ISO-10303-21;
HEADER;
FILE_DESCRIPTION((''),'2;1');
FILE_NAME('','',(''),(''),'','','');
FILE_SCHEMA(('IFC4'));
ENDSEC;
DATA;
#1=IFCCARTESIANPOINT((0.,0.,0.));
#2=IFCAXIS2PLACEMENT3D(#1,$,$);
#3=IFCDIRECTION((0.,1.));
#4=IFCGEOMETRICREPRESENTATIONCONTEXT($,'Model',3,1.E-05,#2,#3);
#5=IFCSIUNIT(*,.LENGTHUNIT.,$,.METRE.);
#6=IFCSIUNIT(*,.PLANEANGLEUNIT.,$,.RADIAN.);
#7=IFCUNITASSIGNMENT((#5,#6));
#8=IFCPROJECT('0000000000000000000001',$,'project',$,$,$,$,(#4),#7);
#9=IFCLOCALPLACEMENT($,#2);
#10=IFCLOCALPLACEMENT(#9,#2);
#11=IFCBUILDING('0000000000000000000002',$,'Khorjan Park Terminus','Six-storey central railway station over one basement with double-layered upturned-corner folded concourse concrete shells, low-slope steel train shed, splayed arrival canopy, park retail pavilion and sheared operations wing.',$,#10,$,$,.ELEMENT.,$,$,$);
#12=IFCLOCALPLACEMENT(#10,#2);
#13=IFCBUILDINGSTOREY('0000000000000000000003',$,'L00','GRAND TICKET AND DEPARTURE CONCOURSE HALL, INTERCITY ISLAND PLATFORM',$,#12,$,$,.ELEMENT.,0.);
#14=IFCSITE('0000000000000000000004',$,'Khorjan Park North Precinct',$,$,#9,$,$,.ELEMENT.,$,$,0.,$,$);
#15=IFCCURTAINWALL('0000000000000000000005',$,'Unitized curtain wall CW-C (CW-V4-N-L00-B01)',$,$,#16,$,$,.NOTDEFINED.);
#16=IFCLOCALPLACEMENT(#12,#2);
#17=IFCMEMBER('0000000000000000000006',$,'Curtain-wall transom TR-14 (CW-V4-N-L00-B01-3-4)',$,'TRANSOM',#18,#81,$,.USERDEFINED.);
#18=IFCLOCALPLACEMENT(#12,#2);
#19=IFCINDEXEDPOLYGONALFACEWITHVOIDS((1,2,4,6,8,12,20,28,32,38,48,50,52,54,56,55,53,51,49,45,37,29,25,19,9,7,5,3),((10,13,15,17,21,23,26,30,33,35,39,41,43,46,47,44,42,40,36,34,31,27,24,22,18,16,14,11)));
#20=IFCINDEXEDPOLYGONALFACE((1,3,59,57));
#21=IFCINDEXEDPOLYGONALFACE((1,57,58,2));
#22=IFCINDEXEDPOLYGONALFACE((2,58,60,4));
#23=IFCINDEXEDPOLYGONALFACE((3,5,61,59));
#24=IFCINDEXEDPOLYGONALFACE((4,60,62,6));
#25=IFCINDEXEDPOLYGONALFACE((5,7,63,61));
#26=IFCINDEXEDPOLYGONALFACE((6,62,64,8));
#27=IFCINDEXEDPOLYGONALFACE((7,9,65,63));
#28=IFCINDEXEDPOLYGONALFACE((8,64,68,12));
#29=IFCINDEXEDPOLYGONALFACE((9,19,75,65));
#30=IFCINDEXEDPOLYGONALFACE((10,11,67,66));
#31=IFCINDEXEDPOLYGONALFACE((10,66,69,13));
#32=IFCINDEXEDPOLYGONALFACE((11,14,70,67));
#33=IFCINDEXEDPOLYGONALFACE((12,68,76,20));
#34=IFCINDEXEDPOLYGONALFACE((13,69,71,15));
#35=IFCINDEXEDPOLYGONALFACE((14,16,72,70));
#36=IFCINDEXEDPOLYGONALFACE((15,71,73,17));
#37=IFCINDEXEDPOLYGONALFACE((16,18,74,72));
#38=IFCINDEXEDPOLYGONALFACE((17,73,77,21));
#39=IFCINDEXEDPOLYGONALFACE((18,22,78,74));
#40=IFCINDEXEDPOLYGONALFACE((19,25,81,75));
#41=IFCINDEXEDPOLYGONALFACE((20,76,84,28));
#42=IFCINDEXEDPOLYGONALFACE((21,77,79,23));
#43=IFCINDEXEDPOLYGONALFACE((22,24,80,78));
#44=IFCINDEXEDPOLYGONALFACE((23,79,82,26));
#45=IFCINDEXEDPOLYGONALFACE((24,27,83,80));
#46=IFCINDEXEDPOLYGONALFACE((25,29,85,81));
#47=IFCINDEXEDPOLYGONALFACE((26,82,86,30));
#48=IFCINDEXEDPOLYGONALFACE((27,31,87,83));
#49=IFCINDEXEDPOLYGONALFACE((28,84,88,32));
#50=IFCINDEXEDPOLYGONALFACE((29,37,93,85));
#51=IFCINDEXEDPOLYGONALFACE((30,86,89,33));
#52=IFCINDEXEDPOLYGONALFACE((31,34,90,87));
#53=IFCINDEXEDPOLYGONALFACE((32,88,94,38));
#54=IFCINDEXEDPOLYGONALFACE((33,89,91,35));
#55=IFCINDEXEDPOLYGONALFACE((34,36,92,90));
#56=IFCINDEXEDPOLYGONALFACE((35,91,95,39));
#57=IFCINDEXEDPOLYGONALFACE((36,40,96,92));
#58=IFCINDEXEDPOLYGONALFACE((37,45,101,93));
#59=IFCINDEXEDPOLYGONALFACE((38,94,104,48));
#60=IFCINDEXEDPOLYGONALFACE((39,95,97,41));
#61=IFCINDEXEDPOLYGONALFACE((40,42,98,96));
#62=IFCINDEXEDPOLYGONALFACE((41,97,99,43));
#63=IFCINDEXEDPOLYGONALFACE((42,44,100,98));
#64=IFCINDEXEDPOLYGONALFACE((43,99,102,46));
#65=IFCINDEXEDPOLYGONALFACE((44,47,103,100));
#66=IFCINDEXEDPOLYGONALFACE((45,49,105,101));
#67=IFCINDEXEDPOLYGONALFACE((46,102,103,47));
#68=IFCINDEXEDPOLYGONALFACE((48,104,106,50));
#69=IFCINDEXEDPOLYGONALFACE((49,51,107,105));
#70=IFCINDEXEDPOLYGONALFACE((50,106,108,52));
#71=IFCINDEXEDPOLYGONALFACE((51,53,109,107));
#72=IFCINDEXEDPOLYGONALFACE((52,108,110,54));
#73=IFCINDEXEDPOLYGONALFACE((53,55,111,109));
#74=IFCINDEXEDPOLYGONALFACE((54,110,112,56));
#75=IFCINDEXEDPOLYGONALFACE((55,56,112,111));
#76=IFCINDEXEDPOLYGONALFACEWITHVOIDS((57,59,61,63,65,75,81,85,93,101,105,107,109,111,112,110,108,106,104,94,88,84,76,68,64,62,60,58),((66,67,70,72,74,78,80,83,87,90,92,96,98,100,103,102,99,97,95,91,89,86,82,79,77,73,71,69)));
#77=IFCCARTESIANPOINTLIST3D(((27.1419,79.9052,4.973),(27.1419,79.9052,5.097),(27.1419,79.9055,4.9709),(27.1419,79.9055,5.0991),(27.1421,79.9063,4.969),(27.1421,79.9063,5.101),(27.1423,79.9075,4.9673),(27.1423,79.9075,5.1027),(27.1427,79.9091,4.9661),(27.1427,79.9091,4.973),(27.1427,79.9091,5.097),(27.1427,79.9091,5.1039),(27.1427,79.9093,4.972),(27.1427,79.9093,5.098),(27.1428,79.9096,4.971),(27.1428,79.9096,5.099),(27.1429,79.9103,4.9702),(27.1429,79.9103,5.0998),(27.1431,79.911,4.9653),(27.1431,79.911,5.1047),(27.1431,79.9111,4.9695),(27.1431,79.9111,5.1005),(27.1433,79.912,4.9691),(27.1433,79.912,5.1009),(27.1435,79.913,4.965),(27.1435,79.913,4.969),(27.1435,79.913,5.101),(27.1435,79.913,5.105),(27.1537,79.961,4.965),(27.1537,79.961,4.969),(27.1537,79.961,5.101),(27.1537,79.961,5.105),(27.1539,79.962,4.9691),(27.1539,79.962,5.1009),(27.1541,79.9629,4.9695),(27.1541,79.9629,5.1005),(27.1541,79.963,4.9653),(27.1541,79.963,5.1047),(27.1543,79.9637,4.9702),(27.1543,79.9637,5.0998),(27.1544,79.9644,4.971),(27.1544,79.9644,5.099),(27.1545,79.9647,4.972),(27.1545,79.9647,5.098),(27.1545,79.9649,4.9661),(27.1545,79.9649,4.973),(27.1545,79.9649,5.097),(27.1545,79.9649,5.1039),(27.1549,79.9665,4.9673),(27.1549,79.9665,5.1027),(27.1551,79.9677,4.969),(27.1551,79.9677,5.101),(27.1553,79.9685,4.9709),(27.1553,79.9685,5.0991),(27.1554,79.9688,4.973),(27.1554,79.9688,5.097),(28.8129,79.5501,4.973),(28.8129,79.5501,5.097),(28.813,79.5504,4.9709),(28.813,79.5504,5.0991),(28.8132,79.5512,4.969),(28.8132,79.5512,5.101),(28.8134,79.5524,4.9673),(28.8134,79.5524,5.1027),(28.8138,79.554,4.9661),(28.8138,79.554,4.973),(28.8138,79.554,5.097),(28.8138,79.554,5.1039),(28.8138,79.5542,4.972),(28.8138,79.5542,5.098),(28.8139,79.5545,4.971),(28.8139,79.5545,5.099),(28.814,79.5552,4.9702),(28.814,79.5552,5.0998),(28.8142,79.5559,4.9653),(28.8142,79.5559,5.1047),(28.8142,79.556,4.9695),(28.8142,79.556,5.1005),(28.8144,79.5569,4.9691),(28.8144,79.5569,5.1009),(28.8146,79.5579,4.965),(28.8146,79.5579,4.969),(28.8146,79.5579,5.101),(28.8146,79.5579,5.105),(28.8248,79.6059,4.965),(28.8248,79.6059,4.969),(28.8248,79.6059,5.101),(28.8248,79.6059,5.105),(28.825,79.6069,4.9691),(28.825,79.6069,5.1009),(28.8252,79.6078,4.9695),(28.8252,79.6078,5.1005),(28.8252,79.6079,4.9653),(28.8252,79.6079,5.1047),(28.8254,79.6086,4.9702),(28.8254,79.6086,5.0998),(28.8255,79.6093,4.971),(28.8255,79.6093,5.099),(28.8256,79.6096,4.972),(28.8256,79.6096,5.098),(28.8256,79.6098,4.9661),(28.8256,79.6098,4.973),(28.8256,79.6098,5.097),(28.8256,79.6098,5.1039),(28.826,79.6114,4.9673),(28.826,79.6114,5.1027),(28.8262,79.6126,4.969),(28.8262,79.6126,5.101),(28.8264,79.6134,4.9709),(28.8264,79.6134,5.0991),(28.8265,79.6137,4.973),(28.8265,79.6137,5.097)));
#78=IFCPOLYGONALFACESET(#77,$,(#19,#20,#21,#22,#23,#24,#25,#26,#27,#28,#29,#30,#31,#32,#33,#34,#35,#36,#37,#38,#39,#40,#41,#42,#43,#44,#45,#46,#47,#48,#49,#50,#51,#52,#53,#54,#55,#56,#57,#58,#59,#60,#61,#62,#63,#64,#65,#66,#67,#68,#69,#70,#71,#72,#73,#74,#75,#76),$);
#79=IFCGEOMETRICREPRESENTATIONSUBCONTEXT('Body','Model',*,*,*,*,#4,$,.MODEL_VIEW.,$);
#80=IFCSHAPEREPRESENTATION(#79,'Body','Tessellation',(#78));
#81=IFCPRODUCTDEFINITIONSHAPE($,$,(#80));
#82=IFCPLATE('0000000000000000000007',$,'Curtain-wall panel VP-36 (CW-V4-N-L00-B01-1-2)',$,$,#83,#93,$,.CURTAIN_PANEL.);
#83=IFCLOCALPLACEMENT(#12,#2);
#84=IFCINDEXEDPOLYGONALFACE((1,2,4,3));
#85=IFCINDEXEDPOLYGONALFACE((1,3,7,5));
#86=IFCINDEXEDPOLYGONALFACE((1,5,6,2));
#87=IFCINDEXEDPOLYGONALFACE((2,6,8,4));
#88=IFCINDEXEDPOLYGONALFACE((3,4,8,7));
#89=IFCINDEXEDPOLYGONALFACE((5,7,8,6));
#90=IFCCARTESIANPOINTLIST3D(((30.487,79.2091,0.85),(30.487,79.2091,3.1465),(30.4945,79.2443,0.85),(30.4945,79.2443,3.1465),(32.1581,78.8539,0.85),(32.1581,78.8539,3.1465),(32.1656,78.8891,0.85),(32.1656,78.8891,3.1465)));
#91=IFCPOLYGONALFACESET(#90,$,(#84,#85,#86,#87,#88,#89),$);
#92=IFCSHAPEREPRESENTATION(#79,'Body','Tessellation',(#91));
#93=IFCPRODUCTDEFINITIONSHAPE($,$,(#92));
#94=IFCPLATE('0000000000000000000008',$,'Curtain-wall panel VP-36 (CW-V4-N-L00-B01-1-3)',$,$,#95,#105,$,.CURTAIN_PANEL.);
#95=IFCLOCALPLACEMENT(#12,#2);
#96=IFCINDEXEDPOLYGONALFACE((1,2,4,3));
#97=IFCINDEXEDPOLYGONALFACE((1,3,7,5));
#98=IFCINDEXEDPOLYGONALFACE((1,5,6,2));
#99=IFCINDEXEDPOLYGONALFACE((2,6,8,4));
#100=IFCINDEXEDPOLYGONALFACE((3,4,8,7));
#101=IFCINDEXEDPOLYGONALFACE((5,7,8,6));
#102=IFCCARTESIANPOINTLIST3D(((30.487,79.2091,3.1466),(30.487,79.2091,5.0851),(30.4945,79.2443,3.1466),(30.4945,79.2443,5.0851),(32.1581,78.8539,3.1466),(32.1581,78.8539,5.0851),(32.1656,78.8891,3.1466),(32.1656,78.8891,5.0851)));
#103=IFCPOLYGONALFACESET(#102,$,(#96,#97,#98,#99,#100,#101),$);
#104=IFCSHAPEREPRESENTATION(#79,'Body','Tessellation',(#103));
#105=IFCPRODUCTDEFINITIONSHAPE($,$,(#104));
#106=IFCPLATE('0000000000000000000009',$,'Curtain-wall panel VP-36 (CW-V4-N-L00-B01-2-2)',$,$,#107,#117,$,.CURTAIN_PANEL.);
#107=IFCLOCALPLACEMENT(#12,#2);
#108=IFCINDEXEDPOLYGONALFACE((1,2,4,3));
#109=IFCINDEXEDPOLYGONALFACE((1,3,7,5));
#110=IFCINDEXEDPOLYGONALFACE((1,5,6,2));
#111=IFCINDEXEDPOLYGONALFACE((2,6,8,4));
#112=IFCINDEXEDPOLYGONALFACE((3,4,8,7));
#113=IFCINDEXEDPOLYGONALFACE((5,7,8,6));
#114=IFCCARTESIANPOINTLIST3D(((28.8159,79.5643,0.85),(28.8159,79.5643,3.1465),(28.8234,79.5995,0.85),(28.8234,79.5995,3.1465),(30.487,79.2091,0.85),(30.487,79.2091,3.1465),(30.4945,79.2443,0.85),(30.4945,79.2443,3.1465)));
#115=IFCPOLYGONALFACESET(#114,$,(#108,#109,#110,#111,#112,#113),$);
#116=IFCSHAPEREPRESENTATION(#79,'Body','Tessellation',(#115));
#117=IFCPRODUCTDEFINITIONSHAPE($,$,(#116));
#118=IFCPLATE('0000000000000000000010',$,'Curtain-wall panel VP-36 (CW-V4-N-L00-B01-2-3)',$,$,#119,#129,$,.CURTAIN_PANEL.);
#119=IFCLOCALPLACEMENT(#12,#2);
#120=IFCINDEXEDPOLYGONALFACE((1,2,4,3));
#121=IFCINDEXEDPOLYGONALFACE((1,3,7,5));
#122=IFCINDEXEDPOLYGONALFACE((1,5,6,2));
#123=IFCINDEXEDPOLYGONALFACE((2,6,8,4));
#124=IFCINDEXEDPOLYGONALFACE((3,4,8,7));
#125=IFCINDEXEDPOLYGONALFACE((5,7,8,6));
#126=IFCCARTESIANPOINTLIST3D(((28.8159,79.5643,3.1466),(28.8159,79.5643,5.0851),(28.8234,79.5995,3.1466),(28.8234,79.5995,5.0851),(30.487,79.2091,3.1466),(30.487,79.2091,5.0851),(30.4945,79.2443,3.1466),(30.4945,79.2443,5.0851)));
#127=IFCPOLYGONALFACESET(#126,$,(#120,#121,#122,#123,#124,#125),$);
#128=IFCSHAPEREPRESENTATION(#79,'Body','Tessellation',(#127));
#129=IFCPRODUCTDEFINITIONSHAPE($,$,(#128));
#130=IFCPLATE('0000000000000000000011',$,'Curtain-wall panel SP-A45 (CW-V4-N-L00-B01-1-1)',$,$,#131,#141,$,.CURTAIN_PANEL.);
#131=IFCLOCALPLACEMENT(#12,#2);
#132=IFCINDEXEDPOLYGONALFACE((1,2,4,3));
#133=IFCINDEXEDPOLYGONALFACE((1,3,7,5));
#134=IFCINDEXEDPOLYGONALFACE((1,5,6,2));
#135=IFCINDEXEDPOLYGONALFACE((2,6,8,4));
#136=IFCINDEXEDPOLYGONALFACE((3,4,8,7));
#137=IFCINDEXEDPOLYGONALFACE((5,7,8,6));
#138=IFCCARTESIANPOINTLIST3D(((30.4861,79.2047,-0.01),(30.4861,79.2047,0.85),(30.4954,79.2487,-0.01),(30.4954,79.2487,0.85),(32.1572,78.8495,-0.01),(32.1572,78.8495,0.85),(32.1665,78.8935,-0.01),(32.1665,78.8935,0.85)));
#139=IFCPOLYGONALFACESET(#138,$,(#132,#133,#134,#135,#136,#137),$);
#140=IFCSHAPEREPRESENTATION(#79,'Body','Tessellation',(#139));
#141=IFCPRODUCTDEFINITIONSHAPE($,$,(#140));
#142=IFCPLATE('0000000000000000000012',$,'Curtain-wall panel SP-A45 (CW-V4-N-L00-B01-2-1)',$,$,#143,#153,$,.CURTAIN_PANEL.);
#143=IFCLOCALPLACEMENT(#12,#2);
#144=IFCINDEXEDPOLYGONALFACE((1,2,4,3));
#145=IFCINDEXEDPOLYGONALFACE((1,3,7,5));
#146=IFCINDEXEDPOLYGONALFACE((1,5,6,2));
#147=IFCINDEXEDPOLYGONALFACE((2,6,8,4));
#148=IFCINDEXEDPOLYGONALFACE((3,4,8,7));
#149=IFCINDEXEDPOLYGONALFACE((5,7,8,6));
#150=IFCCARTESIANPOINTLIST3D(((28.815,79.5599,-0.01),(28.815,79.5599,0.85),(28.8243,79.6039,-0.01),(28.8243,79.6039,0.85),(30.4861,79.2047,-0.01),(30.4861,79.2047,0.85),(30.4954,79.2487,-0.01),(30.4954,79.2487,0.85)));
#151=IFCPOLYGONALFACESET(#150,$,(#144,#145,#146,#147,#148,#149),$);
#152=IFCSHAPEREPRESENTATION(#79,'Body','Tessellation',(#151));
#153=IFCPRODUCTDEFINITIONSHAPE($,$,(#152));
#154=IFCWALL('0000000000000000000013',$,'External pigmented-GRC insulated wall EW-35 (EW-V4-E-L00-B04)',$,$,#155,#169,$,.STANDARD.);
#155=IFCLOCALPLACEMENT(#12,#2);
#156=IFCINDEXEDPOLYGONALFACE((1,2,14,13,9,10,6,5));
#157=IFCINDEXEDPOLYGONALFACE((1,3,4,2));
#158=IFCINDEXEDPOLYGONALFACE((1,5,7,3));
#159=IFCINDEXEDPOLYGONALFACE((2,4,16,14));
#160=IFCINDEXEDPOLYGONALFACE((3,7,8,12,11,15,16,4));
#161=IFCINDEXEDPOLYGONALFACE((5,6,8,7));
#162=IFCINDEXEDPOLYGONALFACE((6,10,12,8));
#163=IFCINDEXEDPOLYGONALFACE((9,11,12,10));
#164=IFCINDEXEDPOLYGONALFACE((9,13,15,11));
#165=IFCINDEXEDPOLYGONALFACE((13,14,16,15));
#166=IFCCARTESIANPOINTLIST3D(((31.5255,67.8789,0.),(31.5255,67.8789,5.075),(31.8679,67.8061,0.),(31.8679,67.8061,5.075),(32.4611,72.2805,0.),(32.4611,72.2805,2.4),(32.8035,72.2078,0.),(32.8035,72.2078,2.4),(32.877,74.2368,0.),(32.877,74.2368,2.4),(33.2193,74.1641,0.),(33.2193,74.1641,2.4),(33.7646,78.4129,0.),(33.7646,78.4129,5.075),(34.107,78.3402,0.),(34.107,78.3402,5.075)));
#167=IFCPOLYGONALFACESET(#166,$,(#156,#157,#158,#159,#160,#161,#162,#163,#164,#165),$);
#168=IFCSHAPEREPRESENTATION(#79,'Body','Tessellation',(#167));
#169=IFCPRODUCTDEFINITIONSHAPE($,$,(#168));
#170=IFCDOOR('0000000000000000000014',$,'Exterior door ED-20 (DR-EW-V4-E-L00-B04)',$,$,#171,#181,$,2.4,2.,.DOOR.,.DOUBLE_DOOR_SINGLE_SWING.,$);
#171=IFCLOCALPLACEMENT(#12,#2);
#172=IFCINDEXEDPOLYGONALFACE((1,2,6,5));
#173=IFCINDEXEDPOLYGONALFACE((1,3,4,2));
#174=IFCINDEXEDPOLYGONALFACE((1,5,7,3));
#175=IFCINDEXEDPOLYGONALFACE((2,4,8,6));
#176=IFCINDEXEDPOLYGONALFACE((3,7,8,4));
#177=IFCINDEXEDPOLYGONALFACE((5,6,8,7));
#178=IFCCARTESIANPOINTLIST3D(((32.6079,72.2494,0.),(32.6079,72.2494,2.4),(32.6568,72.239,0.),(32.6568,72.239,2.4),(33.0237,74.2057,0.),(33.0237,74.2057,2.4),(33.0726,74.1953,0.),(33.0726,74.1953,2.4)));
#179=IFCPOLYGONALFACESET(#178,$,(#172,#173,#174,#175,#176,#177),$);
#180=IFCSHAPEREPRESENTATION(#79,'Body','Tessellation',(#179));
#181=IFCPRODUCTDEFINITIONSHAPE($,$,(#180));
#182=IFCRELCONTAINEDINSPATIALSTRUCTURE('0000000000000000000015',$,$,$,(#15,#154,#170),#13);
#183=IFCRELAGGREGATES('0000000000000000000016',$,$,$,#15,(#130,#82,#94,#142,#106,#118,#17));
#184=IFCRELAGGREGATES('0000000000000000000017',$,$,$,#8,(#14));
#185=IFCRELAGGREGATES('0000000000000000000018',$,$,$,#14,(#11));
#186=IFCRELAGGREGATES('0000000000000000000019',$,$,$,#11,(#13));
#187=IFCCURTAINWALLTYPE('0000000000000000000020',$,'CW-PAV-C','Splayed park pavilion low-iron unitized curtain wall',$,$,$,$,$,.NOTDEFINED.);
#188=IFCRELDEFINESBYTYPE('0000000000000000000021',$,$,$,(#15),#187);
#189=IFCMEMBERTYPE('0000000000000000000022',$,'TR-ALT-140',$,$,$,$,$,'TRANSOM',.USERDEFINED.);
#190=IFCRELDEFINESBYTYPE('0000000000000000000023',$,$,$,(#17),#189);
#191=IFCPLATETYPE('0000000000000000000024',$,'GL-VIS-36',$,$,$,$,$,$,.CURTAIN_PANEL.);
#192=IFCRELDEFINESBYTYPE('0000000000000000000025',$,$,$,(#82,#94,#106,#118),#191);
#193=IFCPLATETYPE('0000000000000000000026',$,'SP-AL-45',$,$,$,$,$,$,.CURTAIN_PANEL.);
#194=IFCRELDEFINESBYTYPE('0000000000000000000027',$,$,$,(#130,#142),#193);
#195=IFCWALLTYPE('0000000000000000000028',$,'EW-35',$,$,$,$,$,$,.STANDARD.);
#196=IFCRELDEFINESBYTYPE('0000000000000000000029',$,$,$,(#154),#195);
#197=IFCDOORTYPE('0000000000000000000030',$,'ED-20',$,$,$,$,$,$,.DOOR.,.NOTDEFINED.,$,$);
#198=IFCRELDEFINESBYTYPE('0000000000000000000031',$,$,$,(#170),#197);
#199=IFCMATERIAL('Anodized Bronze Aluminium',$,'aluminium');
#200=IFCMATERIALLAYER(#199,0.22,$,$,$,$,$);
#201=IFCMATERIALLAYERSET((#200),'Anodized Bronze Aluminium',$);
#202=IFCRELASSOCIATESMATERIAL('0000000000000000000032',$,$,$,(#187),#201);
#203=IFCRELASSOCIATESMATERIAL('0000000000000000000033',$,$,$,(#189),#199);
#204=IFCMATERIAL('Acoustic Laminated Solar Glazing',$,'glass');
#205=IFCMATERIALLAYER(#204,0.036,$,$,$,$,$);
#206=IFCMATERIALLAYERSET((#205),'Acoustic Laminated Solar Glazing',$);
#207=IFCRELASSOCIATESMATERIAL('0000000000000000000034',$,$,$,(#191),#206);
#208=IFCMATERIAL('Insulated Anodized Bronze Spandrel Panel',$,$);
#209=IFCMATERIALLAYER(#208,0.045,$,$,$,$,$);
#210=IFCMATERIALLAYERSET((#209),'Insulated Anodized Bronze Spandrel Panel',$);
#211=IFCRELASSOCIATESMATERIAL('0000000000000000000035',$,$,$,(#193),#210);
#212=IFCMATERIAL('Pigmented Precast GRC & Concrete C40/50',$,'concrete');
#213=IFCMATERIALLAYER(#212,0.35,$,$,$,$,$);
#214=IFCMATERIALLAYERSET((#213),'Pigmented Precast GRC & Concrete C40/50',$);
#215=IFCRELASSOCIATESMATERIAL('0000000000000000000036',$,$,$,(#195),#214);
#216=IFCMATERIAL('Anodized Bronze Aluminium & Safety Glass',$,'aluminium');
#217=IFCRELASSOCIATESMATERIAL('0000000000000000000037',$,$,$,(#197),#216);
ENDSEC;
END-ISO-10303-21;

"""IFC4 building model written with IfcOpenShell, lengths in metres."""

from ifc_helpers import new_model, si_unit, direction, frame, frame_2d, origin, origin_2d, place, context, subcontext, project, spatial, rectangle, hollow_rectangle, extrude, material, layer, layer_set, material_profile, profile_set, type_object, element, fill, aggregate, save


model = new_model("IFC4")

# Units and contexts
model_context = context("Model", 3, precision=1e-05, world=origin(), true_north=direction((0.0, 1.0)))
body_context = subcontext(model_context, "Body", "Model", "MODEL_VIEW")
ifc_project = project(units=[si_unit("LENGTHUNIT", "METRE"), si_unit("PLANEANGLEUNIT", "RADIAN")], contexts=[model_context])

# Site, building, storey
site_placement = place(None, origin())
site = spatial("IfcSite", under=ifc_project, at=site_placement, Name="Khorjan Park North Precinct", CompositionType="ELEMENT", RefElevation=0.0)
building_placement = place(site_placement, origin())
building = spatial("IfcBuilding", under=site, at=building_placement, Name="Khorjan Park Terminus", Description="Six-storey central railway station over one basement with double-layered upturned-corner folded concourse concrete shells, low-slope steel train shed, splayed arrival canopy, park retail pavilion and sheared operations wing.", CompositionType="ELEMENT")
storey_placement = place(building_placement, origin())
storey = spatial("IfcBuildingStorey", under=building, at=storey_placement, Name="L00", Description="GRAND TICKET AND DEPARTURE CONCOURSE HALL, INTERCITY ISLAND PLATFORM", CompositionType="ELEMENT", Elevation=0.0)

# Curtain wall, member, plates
ifc_material_1 = material(Name="Anodized Bronze Aluminium", Category="aluminium")
ifc_layer_1 = layer(ifc_material_1, 0.22)
ifc_layer_set_1 = layer_set([ifc_layer_1], Name="Anodized Bronze Aluminium")
curtain_wall_type = type_object("IfcCurtainWallType", Name="CW-PAV-C", Description="Splayed park pavilion low-iron unitized curtain wall", PredefinedType="NOTDEFINED", material=ifc_layer_set_1)
curtain_wall_placement = place(storey_placement, origin())
curtain_wall = element("IfcCurtainWall", 1, at=curtain_wall_placement, inside=storey, type_object=curtain_wall_type, Name="Unitized curtain wall CW-C (CW-V4-N-L00-B01)", PredefinedType="NOTDEFINED")
ifc_material_profile_1 = material_profile(ifc_material_1, hollow_rectangle(XDim=0.065, YDim=0.14, WallThickness=0.004, InnerFilletRadius=0.004, OuterFilletRadius=0.008, at=origin_2d()), Name="ALT 65x140x4")
ifc_profile_set_1 = profile_set([ifc_material_profile_1], Name="Anodized Bronze Aluminium")
member_type_1 = type_object("IfcMemberType", Name="TR-ALT-140", ElementType="TRANSOM", PredefinedType="USERDEFINED", material=ifc_profile_set_1)
member_1_placement = place(storey_placement, frame((28.8197, 79.5819, 5.035), z_axis=(-0.97816, 0.207854, 0.0), x_axis=(-0.207854, -0.97816, 0.0)))
member_1 = element("IfcMember", 2, at=member_1_placement, type_object=member_type_1, Name="Curtain-wall transom TR-14 (CW-V4-N-L00-B01-3-4)", ObjectType="TRANSOM", PredefinedType="USERDEFINED", context=body_context, shape_type="SweptSolid", body=[
    extrude(hollow_rectangle(XDim=0.065, YDim=0.14, WallThickness=0.004, InnerFilletRadius=0.004, OuterFilletRadius=0.008, at=origin_2d()), origin(), (0.0, 0.0, 1.0), 1.7084),
])
ifc_material_2 = material(Name="Acoustic Laminated Solar Glazing", Category="glass")
ifc_layer_2 = layer(ifc_material_2, 0.036)
ifc_layer_set_2 = layer_set([ifc_layer_2], Name="Acoustic Laminated Solar Glazing")
plate_type_1 = type_object("IfcPlateType", Name="GL-VIS-36", PredefinedType="CURTAIN_PANEL", material=ifc_layer_set_2)
plate_1_placement = place(storey_placement, frame((31.3263, 79.0491, 0.85), z_axis=(0.0, 0.0, 1.0), x_axis=(-0.97815, 0.207903, 0.0)))
plate_1 = element("IfcPlate", 3, at=plate_1_placement, type_object=plate_type_1, Name="Curtain-wall panel VP-36 (CW-V4-N-L00-B01-1-2)", PredefinedType="CURTAIN_PANEL", context=body_context, shape_type="SweptSolid", body=[
    extrude(rectangle(XDim=1.7084, YDim=0.036, at=origin_2d()), origin(), (0.0, 0.0, 1.0), 2.2965),
])
plate_2_placement = place(storey_placement, frame((31.3263, 79.0491, 3.1466), z_axis=(0.0, 0.0, 1.0), x_axis=(-0.97815, 0.207903, 0.0)))
plate_2 = element("IfcPlate", 4, at=plate_2_placement, type_object=plate_type_1, Name="Curtain-wall panel VP-36 (CW-V4-N-L00-B01-1-3)", PredefinedType="CURTAIN_PANEL", context=body_context, shape_type="SweptSolid", body=[
    extrude(rectangle(XDim=1.7084, YDim=0.036, at=origin_2d()), origin(), (0.0, 0.0, 1.0), 1.9385),
])
plate_3_placement = place(storey_placement, frame((29.6552, 79.4043, 0.85), z_axis=(0.0, 0.0, 1.0), x_axis=(-0.97815, 0.207903, 0.0)))
plate_3 = element("IfcPlate", 5, at=plate_3_placement, type_object=plate_type_1, Name="Curtain-wall panel VP-36 (CW-V4-N-L00-B01-2-2)", PredefinedType="CURTAIN_PANEL", context=body_context, shape_type="SweptSolid", body=[
    extrude(rectangle(XDim=1.7084, YDim=0.036, at=origin_2d()), origin(), (0.0, 0.0, 1.0), 2.2965),
])
plate_4_placement = place(storey_placement, frame((29.6552, 79.4043, 3.1466), z_axis=(0.0, 0.0, 1.0), x_axis=(-0.97815, 0.207903, 0.0)))
plate_4 = element("IfcPlate", 6, at=plate_4_placement, type_object=plate_type_1, Name="Curtain-wall panel VP-36 (CW-V4-N-L00-B01-2-3)", PredefinedType="CURTAIN_PANEL", context=body_context, shape_type="SweptSolid", body=[
    extrude(rectangle(XDim=1.7084, YDim=0.036, at=origin_2d()), origin(), (0.0, 0.0, 1.0), 1.9385),
])
ifc_material_3 = material(Name="Insulated Anodized Bronze Spandrel Panel")
ifc_layer_3 = layer(ifc_material_3, 0.045)
ifc_layer_set_3 = layer_set([ifc_layer_3], Name="Insulated Anodized Bronze Spandrel Panel")
plate_type_2 = type_object("IfcPlateType", Name="SP-AL-45", PredefinedType="CURTAIN_PANEL", material=ifc_layer_set_3)
plate_5_placement = place(storey_placement, frame((31.3263, 79.0491, -0.01), z_axis=(0.0, 0.0, 1.0), x_axis=(-0.97815, 0.207903, 0.0)))
plate_5 = element("IfcPlate", 7, at=plate_5_placement, type_object=plate_type_2, Name="Curtain-wall panel SP-A45 (CW-V4-N-L00-B01-1-1)", PredefinedType="CURTAIN_PANEL", context=body_context, shape_type="SweptSolid", body=[
    extrude(rectangle(XDim=1.7084, YDim=0.045, at=origin_2d()), origin(), (0.0, 0.0, 1.0), 0.86),
])
plate_6_placement = place(storey_placement, frame((29.6552, 79.4043, -0.01), z_axis=(0.0, 0.0, 1.0), x_axis=(-0.97815, 0.207903, 0.0)))
plate_6 = element("IfcPlate", 8, at=plate_6_placement, type_object=plate_type_2, Name="Curtain-wall panel SP-A45 (CW-V4-N-L00-B01-2-1)", PredefinedType="CURTAIN_PANEL", context=body_context, shape_type="SweptSolid", body=[
    extrude(rectangle(XDim=1.7084, YDim=0.045, at=origin_2d()), origin(), (0.0, 0.0, 1.0), 0.86),
])
aggregate(curtain_wall, [plate_5, plate_1, plate_2, plate_6, plate_3, plate_4, member_1])

# Wall, opening, door
ifc_material_4 = material(Name="Pigmented Precast GRC & Concrete C40/50", Category="concrete")
ifc_layer_4 = layer(ifc_material_4, 0.35)
ifc_layer_set_4 = layer_set([ifc_layer_4], Name="Pigmented Precast GRC & Concrete C40/50")
wall_type_1 = type_object("IfcWallType", Name="EW-35", PredefinedType="STANDARD", material=ifc_layer_set_4)
wall_1_placement = place(storey_placement, frame((31.6967, 67.8425, 0.0), z_axis=(0.0, 0.0, 1.0), x_axis=(0.207912, 0.978147, 0.0)))
wall_1 = element("IfcWall", 9, at=wall_1_placement, inside=storey, type_object=wall_type_1, Name="External pigmented-GRC insulated wall EW-35 (EW-V4-E-L00-B04)", PredefinedType="STANDARD", context=body_context, shape_type="SweptSolid", body=[
    extrude(rectangle(XDim=10.7694, YDim=0.35, at=frame_2d((5.3847, 0.0))), origin(), (0.0, 0.0, 1.0), 5.075),
])
opening_placement = place(wall_1_placement, frame((4.5, 0.0, 0.0)))
opening = element("IfcOpeningElement", 10, at=opening_placement, cuts=wall_1, PredefinedType="OPENING", context=body_context, shape_type="SweptSolid", body=[
    extrude(rectangle(XDim=2.0, YDim=2.4, at=frame_2d((1.0, 1.2))), frame((0.0, 0.185, 0.0), z_axis=(0.0, -1.0, 0.0), x_axis=(1.0, 0.0, 0.0)), (0.0, 0.0, 1.0), 0.37),
])
ifc_material_5 = material(Name="Anodized Bronze Aluminium & Safety Glass", Category="aluminium")
door_type = type_object("IfcDoorType", Name="ED-20", OperationType="NOTDEFINED", PredefinedType="DOOR", material=ifc_material_5)
door_placement = place(opening_placement, origin())
door = element("IfcDoor", 11, at=door_placement, inside=storey, type_object=door_type, Name="Exterior door ED-20 (DR-EW-V4-E-L00-B04)", OperationType="DOUBLE_DOOR_SINGLE_SWING", OverallHeight=2.4, OverallWidth=2.0, PredefinedType="DOOR", context=body_context, shape_type="SweptSolid", body=[
    extrude(rectangle(XDim=2.0, YDim=2.4, at=frame_2d((1.0, 1.2))), frame((0.0, 0.025, 0.0), z_axis=(0.0, -1.0, 0.0), x_axis=(1.0, 0.0, 0.0)), (0.0, 0.0, 1.0), 0.05),
])
fill(opening, door)

save(model, "model.ifc")
